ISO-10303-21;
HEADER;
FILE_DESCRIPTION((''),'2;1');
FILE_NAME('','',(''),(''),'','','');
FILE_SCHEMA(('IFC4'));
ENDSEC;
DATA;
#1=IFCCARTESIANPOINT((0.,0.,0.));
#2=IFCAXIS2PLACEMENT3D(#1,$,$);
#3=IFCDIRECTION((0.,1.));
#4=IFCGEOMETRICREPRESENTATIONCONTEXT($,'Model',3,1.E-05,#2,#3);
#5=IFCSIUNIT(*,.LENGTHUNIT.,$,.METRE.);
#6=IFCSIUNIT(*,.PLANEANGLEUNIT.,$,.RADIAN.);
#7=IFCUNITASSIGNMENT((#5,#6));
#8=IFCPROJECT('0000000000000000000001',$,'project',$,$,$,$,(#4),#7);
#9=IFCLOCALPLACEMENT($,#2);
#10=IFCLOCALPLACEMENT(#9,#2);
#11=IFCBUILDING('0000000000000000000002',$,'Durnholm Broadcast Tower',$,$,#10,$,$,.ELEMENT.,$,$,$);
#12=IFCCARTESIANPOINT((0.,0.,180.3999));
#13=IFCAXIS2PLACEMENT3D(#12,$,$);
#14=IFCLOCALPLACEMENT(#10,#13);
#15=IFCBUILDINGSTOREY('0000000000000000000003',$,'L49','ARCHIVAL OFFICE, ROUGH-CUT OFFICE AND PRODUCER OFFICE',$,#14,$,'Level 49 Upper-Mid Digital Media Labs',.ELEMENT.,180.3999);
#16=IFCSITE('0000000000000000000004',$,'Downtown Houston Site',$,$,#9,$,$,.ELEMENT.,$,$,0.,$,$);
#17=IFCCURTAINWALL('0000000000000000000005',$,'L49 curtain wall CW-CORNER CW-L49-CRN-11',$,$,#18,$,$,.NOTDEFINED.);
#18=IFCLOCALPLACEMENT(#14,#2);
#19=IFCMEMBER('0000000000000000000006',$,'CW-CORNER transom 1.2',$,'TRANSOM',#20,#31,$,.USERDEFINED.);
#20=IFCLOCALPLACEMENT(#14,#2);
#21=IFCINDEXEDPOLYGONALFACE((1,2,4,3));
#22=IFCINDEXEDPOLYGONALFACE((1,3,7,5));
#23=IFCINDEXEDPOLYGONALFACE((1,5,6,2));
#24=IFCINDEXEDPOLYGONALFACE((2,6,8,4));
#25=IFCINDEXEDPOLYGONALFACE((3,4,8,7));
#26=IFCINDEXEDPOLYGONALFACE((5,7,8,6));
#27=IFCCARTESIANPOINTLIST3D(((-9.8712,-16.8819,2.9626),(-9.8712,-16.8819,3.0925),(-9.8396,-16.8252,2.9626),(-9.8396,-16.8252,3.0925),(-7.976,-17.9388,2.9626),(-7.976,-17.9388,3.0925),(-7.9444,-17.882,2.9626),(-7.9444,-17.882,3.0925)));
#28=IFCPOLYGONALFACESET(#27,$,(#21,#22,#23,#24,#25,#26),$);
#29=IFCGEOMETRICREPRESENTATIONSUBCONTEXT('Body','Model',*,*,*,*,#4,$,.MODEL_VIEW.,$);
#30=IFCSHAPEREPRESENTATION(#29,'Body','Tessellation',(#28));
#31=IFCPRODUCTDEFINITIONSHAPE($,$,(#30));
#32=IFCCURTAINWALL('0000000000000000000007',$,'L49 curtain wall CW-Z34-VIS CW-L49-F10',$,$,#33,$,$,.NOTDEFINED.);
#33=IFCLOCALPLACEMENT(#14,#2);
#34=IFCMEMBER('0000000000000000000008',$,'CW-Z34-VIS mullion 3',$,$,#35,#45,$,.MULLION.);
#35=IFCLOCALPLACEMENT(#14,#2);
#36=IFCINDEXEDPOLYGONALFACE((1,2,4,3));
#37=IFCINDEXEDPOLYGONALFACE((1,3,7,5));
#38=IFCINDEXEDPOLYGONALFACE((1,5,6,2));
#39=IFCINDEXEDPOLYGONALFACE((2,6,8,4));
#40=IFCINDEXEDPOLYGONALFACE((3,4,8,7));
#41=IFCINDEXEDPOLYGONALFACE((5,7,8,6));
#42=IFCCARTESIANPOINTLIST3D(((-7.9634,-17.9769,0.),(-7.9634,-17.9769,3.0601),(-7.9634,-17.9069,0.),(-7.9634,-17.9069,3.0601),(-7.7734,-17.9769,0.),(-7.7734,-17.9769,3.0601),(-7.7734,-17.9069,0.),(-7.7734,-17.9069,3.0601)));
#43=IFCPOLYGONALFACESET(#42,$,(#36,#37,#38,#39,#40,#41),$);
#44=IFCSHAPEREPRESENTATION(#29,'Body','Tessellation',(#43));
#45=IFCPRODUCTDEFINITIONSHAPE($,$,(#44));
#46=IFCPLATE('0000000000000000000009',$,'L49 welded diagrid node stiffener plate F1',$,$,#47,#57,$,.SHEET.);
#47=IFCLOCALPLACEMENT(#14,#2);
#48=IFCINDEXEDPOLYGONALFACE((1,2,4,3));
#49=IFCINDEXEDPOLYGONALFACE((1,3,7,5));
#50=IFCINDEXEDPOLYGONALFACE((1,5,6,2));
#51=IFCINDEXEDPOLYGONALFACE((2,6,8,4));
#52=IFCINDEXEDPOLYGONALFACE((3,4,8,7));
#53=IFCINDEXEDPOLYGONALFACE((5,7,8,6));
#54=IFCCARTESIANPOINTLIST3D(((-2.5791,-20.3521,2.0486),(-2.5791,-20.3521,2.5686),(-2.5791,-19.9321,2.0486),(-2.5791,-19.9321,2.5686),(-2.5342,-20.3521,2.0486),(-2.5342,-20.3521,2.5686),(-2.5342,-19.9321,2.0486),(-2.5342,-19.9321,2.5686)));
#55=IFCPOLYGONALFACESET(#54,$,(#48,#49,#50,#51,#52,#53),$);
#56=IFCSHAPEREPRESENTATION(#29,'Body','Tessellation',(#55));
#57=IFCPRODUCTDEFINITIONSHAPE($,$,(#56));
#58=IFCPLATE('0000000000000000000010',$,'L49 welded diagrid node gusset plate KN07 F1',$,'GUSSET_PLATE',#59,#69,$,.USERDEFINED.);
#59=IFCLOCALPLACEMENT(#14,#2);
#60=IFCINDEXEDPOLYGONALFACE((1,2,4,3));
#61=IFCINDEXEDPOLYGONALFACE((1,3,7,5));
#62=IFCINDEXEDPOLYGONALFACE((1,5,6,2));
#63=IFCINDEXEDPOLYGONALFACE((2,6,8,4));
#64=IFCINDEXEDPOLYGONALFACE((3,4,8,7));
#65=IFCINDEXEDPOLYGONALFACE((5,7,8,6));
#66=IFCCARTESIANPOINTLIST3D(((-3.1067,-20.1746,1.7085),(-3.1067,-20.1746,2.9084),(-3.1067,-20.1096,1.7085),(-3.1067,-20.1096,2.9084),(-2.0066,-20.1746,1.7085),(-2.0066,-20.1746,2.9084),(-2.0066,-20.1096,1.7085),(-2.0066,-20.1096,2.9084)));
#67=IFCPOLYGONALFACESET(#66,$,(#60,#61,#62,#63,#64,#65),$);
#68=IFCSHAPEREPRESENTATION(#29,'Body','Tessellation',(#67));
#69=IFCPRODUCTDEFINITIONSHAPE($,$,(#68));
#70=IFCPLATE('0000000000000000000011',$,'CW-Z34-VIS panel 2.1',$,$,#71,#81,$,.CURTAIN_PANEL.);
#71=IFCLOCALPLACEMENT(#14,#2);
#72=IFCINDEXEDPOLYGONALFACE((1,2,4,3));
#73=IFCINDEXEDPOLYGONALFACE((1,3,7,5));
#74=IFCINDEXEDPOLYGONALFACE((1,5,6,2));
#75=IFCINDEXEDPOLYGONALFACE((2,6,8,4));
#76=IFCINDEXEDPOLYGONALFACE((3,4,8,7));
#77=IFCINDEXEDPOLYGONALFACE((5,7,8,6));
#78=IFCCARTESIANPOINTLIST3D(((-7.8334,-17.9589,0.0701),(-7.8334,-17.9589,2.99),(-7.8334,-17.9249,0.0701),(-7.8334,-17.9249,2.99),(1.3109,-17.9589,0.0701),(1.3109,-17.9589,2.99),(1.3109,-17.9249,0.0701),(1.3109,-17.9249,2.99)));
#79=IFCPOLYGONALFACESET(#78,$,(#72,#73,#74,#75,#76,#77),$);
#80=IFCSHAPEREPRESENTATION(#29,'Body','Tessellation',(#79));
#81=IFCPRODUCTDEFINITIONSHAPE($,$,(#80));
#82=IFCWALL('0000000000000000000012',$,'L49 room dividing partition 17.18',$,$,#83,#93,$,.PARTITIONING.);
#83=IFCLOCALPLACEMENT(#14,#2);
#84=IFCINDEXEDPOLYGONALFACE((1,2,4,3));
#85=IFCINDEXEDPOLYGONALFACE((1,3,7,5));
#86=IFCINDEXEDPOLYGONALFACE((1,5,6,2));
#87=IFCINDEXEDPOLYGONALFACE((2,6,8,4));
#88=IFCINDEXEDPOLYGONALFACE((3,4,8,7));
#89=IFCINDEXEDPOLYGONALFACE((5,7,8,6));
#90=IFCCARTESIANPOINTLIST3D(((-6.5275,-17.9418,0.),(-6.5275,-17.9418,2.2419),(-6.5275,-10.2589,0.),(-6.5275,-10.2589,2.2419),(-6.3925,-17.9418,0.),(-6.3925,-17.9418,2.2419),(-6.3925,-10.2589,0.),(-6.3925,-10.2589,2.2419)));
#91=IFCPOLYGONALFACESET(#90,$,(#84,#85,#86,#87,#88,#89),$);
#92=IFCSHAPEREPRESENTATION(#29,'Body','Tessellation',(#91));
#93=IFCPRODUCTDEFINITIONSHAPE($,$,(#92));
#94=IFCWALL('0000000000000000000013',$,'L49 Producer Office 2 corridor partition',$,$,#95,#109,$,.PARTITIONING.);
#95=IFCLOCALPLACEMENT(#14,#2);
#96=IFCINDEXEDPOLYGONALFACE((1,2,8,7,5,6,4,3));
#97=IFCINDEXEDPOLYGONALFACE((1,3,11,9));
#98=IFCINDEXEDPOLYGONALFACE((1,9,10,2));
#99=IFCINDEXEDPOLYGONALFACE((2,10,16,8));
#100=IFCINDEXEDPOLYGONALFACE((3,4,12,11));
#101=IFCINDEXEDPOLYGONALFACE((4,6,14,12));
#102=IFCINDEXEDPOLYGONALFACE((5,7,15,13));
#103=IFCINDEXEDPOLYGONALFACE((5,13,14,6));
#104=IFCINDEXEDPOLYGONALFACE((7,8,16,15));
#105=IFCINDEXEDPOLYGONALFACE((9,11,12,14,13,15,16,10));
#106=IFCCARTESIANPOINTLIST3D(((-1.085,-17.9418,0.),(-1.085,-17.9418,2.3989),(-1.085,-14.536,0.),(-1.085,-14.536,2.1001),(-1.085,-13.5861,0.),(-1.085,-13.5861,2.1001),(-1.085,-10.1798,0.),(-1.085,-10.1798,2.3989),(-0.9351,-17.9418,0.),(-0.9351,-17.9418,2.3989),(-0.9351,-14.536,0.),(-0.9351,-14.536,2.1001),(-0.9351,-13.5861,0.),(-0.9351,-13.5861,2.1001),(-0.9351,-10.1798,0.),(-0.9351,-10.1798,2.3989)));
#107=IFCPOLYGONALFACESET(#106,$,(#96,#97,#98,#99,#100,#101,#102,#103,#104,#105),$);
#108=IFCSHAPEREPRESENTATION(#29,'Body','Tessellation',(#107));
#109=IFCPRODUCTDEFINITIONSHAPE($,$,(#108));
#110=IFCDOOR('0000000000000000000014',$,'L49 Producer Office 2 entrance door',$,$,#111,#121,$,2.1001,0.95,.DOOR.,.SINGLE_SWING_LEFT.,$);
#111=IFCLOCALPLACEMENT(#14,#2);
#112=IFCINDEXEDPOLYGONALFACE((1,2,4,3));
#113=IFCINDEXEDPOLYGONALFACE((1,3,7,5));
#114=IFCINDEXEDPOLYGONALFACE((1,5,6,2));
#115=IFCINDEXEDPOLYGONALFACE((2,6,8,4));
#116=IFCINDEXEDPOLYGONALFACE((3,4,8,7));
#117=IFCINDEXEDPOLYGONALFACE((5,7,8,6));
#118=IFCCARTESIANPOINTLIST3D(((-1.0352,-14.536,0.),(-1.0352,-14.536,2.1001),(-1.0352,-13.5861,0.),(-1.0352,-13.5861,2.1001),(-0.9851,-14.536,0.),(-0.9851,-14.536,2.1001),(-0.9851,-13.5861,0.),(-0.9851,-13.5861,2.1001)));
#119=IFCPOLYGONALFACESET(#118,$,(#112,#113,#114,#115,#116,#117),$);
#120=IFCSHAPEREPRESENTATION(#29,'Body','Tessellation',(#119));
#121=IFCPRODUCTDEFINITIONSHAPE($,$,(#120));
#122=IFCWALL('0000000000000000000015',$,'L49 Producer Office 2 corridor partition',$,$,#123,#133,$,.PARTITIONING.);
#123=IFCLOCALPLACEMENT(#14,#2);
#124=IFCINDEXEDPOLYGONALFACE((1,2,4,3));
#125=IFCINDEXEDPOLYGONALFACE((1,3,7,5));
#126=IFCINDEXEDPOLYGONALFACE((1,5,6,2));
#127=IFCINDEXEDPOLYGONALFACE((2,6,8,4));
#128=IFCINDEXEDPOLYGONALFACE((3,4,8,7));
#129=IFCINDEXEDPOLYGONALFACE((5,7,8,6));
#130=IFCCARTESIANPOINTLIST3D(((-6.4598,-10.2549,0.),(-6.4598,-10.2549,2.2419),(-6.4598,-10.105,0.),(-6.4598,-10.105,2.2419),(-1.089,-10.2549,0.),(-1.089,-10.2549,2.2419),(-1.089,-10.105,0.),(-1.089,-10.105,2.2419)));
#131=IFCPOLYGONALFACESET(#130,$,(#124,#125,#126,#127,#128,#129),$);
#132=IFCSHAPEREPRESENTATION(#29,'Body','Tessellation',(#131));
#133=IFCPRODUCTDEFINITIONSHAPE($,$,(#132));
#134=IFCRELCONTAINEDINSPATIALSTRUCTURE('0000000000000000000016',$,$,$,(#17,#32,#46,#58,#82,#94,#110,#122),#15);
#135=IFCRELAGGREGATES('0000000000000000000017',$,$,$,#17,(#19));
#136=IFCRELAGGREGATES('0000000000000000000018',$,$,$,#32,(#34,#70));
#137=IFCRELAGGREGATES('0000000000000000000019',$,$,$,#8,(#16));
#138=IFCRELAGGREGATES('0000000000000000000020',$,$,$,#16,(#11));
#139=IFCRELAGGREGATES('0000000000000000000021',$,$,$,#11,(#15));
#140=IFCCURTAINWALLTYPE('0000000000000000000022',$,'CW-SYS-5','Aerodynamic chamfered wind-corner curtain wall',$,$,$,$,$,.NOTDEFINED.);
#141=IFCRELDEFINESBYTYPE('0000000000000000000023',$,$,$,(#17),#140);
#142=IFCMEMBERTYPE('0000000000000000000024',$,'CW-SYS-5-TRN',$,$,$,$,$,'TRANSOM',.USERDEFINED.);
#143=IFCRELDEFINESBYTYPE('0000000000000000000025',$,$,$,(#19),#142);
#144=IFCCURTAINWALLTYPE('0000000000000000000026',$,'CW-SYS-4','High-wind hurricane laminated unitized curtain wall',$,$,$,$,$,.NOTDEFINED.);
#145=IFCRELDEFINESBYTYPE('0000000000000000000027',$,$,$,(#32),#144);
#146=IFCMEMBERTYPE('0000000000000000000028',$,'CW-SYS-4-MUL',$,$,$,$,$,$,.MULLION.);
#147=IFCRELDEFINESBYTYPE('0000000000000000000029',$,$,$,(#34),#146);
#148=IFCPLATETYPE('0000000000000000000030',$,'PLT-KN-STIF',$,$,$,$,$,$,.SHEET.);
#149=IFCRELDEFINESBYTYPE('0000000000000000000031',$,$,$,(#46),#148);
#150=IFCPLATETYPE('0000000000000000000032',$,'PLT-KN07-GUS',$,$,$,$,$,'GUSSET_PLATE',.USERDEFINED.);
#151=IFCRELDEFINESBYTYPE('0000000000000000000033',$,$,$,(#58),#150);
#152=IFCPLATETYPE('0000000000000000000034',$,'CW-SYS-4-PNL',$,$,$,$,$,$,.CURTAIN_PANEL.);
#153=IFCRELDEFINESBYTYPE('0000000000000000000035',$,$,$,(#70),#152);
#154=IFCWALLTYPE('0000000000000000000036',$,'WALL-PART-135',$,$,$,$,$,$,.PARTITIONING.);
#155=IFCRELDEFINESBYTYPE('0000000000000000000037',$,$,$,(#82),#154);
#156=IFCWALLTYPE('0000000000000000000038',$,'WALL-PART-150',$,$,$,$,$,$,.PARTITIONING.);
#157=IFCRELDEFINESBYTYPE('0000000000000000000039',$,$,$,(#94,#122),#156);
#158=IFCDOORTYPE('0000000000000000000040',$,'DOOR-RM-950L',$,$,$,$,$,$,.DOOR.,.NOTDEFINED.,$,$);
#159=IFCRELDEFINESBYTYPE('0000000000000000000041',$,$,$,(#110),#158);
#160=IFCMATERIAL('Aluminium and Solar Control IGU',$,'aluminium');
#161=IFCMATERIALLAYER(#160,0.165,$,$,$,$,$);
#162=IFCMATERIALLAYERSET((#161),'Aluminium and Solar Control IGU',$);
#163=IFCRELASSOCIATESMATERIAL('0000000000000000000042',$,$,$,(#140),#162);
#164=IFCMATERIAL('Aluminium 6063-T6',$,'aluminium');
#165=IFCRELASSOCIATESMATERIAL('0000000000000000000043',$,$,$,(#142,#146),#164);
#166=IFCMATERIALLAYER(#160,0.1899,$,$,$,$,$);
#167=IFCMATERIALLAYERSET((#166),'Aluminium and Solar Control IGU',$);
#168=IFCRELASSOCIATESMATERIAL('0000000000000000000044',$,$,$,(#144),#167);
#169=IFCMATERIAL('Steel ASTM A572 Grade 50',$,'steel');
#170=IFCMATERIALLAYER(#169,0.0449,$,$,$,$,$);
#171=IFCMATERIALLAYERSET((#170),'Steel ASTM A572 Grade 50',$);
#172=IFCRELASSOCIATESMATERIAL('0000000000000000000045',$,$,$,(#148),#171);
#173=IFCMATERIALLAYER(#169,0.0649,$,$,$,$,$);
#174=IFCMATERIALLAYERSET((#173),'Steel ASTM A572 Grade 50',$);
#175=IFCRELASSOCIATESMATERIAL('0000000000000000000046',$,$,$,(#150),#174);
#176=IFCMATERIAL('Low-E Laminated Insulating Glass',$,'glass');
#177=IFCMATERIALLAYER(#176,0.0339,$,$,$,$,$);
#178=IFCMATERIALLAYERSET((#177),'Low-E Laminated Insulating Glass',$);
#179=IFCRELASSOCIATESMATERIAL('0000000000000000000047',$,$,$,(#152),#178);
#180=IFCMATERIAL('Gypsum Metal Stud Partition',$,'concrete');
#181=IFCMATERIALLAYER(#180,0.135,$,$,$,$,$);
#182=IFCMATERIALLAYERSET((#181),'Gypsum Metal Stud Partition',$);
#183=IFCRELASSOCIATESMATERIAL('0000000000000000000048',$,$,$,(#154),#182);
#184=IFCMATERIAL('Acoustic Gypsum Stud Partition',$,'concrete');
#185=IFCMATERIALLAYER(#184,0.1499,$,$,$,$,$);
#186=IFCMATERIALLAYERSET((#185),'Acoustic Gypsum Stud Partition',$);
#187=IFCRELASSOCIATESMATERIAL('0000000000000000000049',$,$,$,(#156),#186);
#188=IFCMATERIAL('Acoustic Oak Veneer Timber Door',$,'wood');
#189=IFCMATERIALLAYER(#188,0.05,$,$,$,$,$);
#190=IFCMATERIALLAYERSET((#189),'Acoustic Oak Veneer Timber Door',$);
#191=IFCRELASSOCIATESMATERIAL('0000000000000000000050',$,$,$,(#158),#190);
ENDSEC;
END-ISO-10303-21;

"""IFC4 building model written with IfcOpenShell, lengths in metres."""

from ifc_helpers import new_model, si_unit, direction, frame, frame_2d, origin, origin_2d, place, context, subcontext, project, spatial, rectangle, extrude, source, transform, mapped, material, layer, layer_set, material_profile, profile_set, type_object, type_shapes, element, fill, aggregate, save


model = new_model("IFC4")

# Units and contexts
model_context = context("Model", 3, precision=1e-05, world=origin(), true_north=direction((0.0, 1.0)))
body_context = subcontext(model_context, "Body", "Model", "MODEL_VIEW")
ifc_project = project(units=[si_unit("LENGTHUNIT", "METRE"), si_unit("PLANEANGLEUNIT", "RADIAN")], contexts=[model_context])

# Site, building, storey
site_placement = place(None, origin())
site = spatial("IfcSite", under=ifc_project, at=site_placement, Name="Downtown Houston Site", CompositionType="ELEMENT", RefElevation=0.0)
building_placement = place(site_placement, origin())
building = spatial("IfcBuilding", under=site, at=building_placement, Name="Durnholm Broadcast Tower", CompositionType="ELEMENT")
storey_placement = place(building_placement, frame((0.0, 0.0, 180.3999)))
storey = spatial("IfcBuildingStorey", under=building, at=storey_placement, Name="L49", Description="ARCHIVAL OFFICE, ROUGH-CUT OFFICE AND PRODUCER OFFICE", LongName="Level 49 Upper-Mid Digital Media Labs", CompositionType="ELEMENT", Elevation=180.3999)

# Curtain wall, member
ifc_material_1 = material(Name="Aluminium and Solar Control IGU", Category="aluminium")
ifc_layer_1 = layer(ifc_material_1, 0.165)
ifc_layer_set_1 = layer_set([ifc_layer_1], Name="Aluminium and Solar Control IGU")
curtain_wall_type_1 = type_object("IfcCurtainWallType", Name="CW-SYS-5", Description="Aerodynamic chamfered wind-corner curtain wall", PredefinedType="NOTDEFINED", material=ifc_layer_set_1)
curtain_wall_1_placement = place(storey_placement, origin())
curtain_wall_1 = element("IfcCurtainWall", 1, at=curtain_wall_1_placement, inside=storey, type_object=curtain_wall_type_1, Name="L49 curtain wall CW-CORNER CW-L49-CRN-11", PredefinedType="NOTDEFINED")
ifc_material_2 = material(Name="Aluminium 6063-T6", Category="aluminium")
ifc_material_profile_1 = material_profile(ifc_material_2, rectangle(XDim=0.0649, YDim=0.1299, at=origin_2d()), Name="CWT65X130")
ifc_profile_set_1 = profile_set([ifc_material_profile_1], Name="Aluminium 6063-T6")
member_type_1 = type_object("IfcMemberType", Name="CW-SYS-5-TRN", ElementType="TRANSOM", PredefinedType="USERDEFINED", material=ifc_profile_set_1)
shared_shape_1 = source(origin(), body_context, "Body", "SweptSolid", [
    extrude(rectangle(XDim=0.0649, YDim=0.1299, at=origin_2d()), origin(), (0.0, 0.0, 1.0), 2.1699),
])
type_shapes(member_type_1, [shared_shape_1])
member_1_placement = place(storey_placement, frame((-7.9602, -17.9104, 3.0276), z_axis=(-0.873381, 0.487037, 0.0), x_axis=(-0.487037, -0.873381, 0.0)))
member_1 = element("IfcMember", 2, at=member_1_placement, type_object=member_type_1, Name="CW-CORNER transom 1.2", ObjectType="TRANSOM", PredefinedType="USERDEFINED", context=body_context, shape_type="MappedRepresentation", body=[
    mapped(shared_shape_1, transform((0.0, 0.0, 0.0), x_axis=(1.0, 0.0, 0.0), y_axis=(0.0, 1.0, 0.0), z_axis=(0.0, 0.0, 1.0), scale=1.0)),
])
aggregate(curtain_wall_1, [member_1])

# Curtain wall, member
ifc_layer_2 = layer(ifc_material_1, 0.1899)
ifc_layer_set_2 = layer_set([ifc_layer_2], Name="Aluminium and Solar Control IGU")
curtain_wall_type_2 = type_object("IfcCurtainWallType", Name="CW-SYS-4", Description="High-wind hurricane laminated unitized curtain wall", PredefinedType="NOTDEFINED", material=ifc_layer_set_2)
curtain_wall_2_placement = place(storey_placement, origin())
curtain_wall_2 = element("IfcCurtainWall", 3, at=curtain_wall_2_placement, inside=storey, type_object=curtain_wall_type_2, Name="L49 curtain wall CW-Z34-VIS CW-L49-F10", PredefinedType="NOTDEFINED")
ifc_material_profile_2 = material_profile(ifc_material_2, rectangle(XDim=0.0701, YDim=0.1899, at=origin_2d()), Name="CWM70X190")
ifc_profile_set_2 = profile_set([ifc_material_profile_2], Name="Aluminium 6063-T6")
member_type_2 = type_object("IfcMemberType", Name="CW-SYS-4-MUL", PredefinedType="MULLION", material=ifc_profile_set_2)
shared_shape_2 = source(origin(), body_context, "Body", "SweptSolid", [
    extrude(rectangle(XDim=0.0701, YDim=0.1899, at=origin_2d()), origin(), (0.0, 0.0, 1.0), 3.0601),
])
type_shapes(member_type_2, [shared_shape_2])
member_2_placement = place(storey_placement, frame((-7.8684, -17.9419, 0.0), z_axis=(0.0, 0.0, 1.0), x_axis=(0.0, -1.0, 0.0)))
member_2 = element("IfcMember", 4, at=member_2_placement, type_object=member_type_2, Name="CW-Z34-VIS mullion 3", PredefinedType="MULLION", context=body_context, shape_type="MappedRepresentation", body=[
    mapped(shared_shape_2, transform((0.0, 0.0, 0.0), x_axis=(1.0, 0.0, 0.0), y_axis=(0.0, 1.0, 0.0), z_axis=(0.0, 0.0, 1.0), scale=1.0)),
])

# Plates
ifc_material_3 = material(Name="Steel ASTM A572 Grade 50", Category="steel")
ifc_layer_3 = layer(ifc_material_3, 0.0449)
ifc_layer_set_3 = layer_set([ifc_layer_3], Name="Steel ASTM A572 Grade 50")
plate_type_1 = type_object("IfcPlateType", Name="PLT-KN-STIF", PredefinedType="SHEET", material=ifc_layer_set_3)
shared_shape_3 = source(origin(), body_context, "Body", "SweptSolid", [
    extrude(rectangle(XDim=0.0449, YDim=0.4199, at=origin_2d()), origin(), (0.0, 0.0, 1.0), 0.52),
])
type_shapes(plate_type_1, [shared_shape_3])
plate_1_placement = place(storey_placement, frame((-2.5566, -20.1421, 2.0486), z_axis=(0.0, 0.0, 1.0), x_axis=(1.0, 0.0, 0.0)))
element("IfcPlate", 5, at=plate_1_placement, inside=storey, type_object=plate_type_1, Name="L49 welded diagrid node stiffener plate F1", PredefinedType="SHEET", context=body_context, shape_type="MappedRepresentation", body=[
    mapped(shared_shape_3, transform((0.0, 0.0, 0.0), x_axis=(1.0, 0.0, 0.0), y_axis=(0.0, 1.0, 0.0), z_axis=(0.0, 0.0, 1.0), scale=1.0)),
])
ifc_layer_4 = layer(ifc_material_3, 0.0649)
ifc_layer_set_4 = layer_set([ifc_layer_4], Name="Steel ASTM A572 Grade 50")
plate_type_2 = type_object("IfcPlateType", Name="PLT-KN07-GUS", ElementType="GUSSET_PLATE", PredefinedType="USERDEFINED", material=ifc_layer_set_4)
shared_shape_4 = source(origin(), body_context, "Body", "SweptSolid", [
    extrude(rectangle(XDim=1.1001, YDim=0.0649, at=origin_2d()), origin(), (0.0, 0.0, 1.0), 1.2),
])
type_shapes(plate_type_2, [shared_shape_4])
plate_2_placement = place(storey_placement, frame((-2.5566, -20.1421, 1.7085), z_axis=(0.0, 0.0, 1.0), x_axis=(1.0, 0.0, 0.0)))
element("IfcPlate", 6, at=plate_2_placement, inside=storey, type_object=plate_type_2, Name="L49 welded diagrid node gusset plate KN07 F1", ObjectType="GUSSET_PLATE", PredefinedType="USERDEFINED", context=body_context, shape_type="MappedRepresentation", body=[
    mapped(shared_shape_4, transform((0.0, 0.0, 0.0), x_axis=(1.0, 0.0, 0.0), y_axis=(0.0, 1.0, 0.0), z_axis=(0.0, 0.0, 1.0), scale=1.0)),
])

# Plate
ifc_material_4 = material(Name="Low-E Laminated Insulating Glass", Category="glass")
ifc_layer_5 = layer(ifc_material_4, 0.0339)
ifc_layer_set_5 = layer_set([ifc_layer_5], Name="Low-E Laminated Insulating Glass")
plate_type_3 = type_object("IfcPlateType", Name="CW-SYS-4-PNL", PredefinedType="CURTAIN_PANEL", material=ifc_layer_set_5)
shared_shape_5 = source(origin(), body_context, "Body", "SweptSolid", [
    extrude(rectangle(XDim=9.1443, YDim=0.0339, at=origin_2d()), origin(), (0.0, 0.0, 1.0), 2.9199),
])
type_shapes(plate_type_3, [shared_shape_5])
plate_3_placement = place(storey_placement, frame((-3.2612, -17.9419, 0.0701), z_axis=(0.0, 0.0, 1.0), x_axis=(-1.0, 0.0, 0.0)))
plate_3 = element("IfcPlate", 7, at=plate_3_placement, type_object=plate_type_3, Name="CW-Z34-VIS panel 2.1", PredefinedType="CURTAIN_PANEL", context=body_context, shape_type="MappedRepresentation", body=[
    mapped(shared_shape_5, transform((0.0, 0.0, 0.0), x_axis=(1.0, 0.0, 0.0), y_axis=(0.0, 1.0, 0.0), z_axis=(0.0, 0.0, 1.0), scale=1.0)),
])
aggregate(curtain_wall_2, [member_2, plate_3])

# Wall
ifc_material_5 = material(Name="Gypsum Metal Stud Partition", Category="concrete")
ifc_layer_6 = layer(ifc_material_5, 0.135)
ifc_layer_set_6 = layer_set([ifc_layer_6], Name="Gypsum Metal Stud Partition")
wall_type_1 = type_object("IfcWallType", Name="WALL-PART-135", PredefinedType="PARTITIONING", material=ifc_layer_set_6)
wall_1_placement = place(storey_placement, frame((-6.46, -10.259, 0.0), z_axis=(0.0, 0.0, 1.0), x_axis=(0.0, -1.0, 0.0)))
element("IfcWall", 8, at=wall_1_placement, inside=storey, type_object=wall_type_1, Name="L49 room dividing partition 17.18", PredefinedType="PARTITIONING", context=body_context, shape_type="SweptSolid", body=[
    extrude(rectangle(XDim=7.6829, YDim=0.135, at=frame_2d((3.8413, 0.0))), origin(), (0.0, 0.0, 1.0), 2.2419),
])

# Wall, opening, door
ifc_material_6 = material(Name="Acoustic Gypsum Stud Partition", Category="concrete")
ifc_layer_7 = layer(ifc_material_6, 0.1499)
ifc_layer_set_7 = layer_set([ifc_layer_7], Name="Acoustic Gypsum Stud Partition")
wall_type_2 = type_object("IfcWallType", Name="WALL-PART-150", PredefinedType="PARTITIONING", material=ifc_layer_set_7)
wall_2_placement = place(storey_placement, frame((-1.01, -10.1799, 0.0), z_axis=(0.0, 0.0, 1.0), x_axis=(0.0, -1.0, 0.0)))
wall_2 = element("IfcWall", 9, at=wall_2_placement, inside=storey, type_object=wall_type_2, Name="L49 Producer Office 2 corridor partition", PredefinedType="PARTITIONING", context=body_context, shape_type="SweptSolid", body=[
    extrude(rectangle(XDim=7.762, YDim=0.1499, at=frame_2d((3.8809, 0.0))), origin(), (0.0, 0.0, 1.0), 2.3989),
])
opening_placement = place(wall_2_placement, frame((3.406, 0.0, 0.0)))
opening = element("IfcOpeningElement", 10, at=opening_placement, cuts=wall_2, PredefinedType="OPENING", context=body_context, shape_type="SweptSolid", body=[
    extrude(rectangle(XDim=0.95, YDim=2.1001, at=frame_2d((0.4751, 1.05))), frame((0.0, 0.085, 0.0), z_axis=(0.0, -1.0, 0.0), x_axis=(1.0, 0.0, 0.0)), (0.0, 0.0, 1.0), 0.1699),
])
ifc_material_7 = material(Name="Acoustic Oak Veneer Timber Door", Category="wood")
ifc_layer_8 = layer(ifc_material_7, 0.05)
ifc_layer_set_8 = layer_set([ifc_layer_8], Name="Acoustic Oak Veneer Timber Door")
door_type = type_object("IfcDoorType", Name="DOOR-RM-950L", OperationType="NOTDEFINED", PredefinedType="DOOR", material=ifc_layer_set_8)
shared_shape_6 = source(origin(), body_context, "Body", "SweptSolid", [
    extrude(rectangle(XDim=0.95, YDim=2.1001, at=frame_2d((0.4751, 1.05))), frame((0.0, 0.0249, 0.0), z_axis=(0.0, -1.0, 0.0), x_axis=(1.0, 0.0, 0.0)), (0.0, 0.0, 1.0), 0.05),
])
type_shapes(door_type, [shared_shape_6])
door_placement = place(opening_placement, origin())
door = element("IfcDoor", 11, at=door_placement, inside=storey, type_object=door_type, Name="L49 Producer Office 2 entrance door", OperationType="SINGLE_SWING_LEFT", OverallHeight=2.1001, OverallWidth=0.95, PredefinedType="DOOR", context=body_context, shape_type="MappedRepresentation", body=[
    mapped(shared_shape_6, transform((0.0, 0.0, 0.0), x_axis=(1.0, 0.0, 0.0), y_axis=(0.0, 1.0, 0.0), z_axis=(0.0, 0.0, 1.0), scale=1.0)),
])
fill(opening, door)

# Wall
wall_3_placement = place(storey_placement, frame((-6.46, -10.1799, 0.0), z_axis=(0.0, 0.0, 1.0), x_axis=(1.0, 0.0, 0.0)))
element("IfcWall", 12, at=wall_3_placement, inside=storey, type_object=wall_type_2, Name="L49 Producer Office 2 corridor partition", PredefinedType="PARTITIONING", context=body_context, shape_type="SweptSolid", body=[
    extrude(rectangle(XDim=5.3708, YDim=0.1499, at=frame_2d((2.6855, 0.0))), origin(), (0.0, 0.0, 1.0), 2.2419),
])

save(model, "model.ifc")
